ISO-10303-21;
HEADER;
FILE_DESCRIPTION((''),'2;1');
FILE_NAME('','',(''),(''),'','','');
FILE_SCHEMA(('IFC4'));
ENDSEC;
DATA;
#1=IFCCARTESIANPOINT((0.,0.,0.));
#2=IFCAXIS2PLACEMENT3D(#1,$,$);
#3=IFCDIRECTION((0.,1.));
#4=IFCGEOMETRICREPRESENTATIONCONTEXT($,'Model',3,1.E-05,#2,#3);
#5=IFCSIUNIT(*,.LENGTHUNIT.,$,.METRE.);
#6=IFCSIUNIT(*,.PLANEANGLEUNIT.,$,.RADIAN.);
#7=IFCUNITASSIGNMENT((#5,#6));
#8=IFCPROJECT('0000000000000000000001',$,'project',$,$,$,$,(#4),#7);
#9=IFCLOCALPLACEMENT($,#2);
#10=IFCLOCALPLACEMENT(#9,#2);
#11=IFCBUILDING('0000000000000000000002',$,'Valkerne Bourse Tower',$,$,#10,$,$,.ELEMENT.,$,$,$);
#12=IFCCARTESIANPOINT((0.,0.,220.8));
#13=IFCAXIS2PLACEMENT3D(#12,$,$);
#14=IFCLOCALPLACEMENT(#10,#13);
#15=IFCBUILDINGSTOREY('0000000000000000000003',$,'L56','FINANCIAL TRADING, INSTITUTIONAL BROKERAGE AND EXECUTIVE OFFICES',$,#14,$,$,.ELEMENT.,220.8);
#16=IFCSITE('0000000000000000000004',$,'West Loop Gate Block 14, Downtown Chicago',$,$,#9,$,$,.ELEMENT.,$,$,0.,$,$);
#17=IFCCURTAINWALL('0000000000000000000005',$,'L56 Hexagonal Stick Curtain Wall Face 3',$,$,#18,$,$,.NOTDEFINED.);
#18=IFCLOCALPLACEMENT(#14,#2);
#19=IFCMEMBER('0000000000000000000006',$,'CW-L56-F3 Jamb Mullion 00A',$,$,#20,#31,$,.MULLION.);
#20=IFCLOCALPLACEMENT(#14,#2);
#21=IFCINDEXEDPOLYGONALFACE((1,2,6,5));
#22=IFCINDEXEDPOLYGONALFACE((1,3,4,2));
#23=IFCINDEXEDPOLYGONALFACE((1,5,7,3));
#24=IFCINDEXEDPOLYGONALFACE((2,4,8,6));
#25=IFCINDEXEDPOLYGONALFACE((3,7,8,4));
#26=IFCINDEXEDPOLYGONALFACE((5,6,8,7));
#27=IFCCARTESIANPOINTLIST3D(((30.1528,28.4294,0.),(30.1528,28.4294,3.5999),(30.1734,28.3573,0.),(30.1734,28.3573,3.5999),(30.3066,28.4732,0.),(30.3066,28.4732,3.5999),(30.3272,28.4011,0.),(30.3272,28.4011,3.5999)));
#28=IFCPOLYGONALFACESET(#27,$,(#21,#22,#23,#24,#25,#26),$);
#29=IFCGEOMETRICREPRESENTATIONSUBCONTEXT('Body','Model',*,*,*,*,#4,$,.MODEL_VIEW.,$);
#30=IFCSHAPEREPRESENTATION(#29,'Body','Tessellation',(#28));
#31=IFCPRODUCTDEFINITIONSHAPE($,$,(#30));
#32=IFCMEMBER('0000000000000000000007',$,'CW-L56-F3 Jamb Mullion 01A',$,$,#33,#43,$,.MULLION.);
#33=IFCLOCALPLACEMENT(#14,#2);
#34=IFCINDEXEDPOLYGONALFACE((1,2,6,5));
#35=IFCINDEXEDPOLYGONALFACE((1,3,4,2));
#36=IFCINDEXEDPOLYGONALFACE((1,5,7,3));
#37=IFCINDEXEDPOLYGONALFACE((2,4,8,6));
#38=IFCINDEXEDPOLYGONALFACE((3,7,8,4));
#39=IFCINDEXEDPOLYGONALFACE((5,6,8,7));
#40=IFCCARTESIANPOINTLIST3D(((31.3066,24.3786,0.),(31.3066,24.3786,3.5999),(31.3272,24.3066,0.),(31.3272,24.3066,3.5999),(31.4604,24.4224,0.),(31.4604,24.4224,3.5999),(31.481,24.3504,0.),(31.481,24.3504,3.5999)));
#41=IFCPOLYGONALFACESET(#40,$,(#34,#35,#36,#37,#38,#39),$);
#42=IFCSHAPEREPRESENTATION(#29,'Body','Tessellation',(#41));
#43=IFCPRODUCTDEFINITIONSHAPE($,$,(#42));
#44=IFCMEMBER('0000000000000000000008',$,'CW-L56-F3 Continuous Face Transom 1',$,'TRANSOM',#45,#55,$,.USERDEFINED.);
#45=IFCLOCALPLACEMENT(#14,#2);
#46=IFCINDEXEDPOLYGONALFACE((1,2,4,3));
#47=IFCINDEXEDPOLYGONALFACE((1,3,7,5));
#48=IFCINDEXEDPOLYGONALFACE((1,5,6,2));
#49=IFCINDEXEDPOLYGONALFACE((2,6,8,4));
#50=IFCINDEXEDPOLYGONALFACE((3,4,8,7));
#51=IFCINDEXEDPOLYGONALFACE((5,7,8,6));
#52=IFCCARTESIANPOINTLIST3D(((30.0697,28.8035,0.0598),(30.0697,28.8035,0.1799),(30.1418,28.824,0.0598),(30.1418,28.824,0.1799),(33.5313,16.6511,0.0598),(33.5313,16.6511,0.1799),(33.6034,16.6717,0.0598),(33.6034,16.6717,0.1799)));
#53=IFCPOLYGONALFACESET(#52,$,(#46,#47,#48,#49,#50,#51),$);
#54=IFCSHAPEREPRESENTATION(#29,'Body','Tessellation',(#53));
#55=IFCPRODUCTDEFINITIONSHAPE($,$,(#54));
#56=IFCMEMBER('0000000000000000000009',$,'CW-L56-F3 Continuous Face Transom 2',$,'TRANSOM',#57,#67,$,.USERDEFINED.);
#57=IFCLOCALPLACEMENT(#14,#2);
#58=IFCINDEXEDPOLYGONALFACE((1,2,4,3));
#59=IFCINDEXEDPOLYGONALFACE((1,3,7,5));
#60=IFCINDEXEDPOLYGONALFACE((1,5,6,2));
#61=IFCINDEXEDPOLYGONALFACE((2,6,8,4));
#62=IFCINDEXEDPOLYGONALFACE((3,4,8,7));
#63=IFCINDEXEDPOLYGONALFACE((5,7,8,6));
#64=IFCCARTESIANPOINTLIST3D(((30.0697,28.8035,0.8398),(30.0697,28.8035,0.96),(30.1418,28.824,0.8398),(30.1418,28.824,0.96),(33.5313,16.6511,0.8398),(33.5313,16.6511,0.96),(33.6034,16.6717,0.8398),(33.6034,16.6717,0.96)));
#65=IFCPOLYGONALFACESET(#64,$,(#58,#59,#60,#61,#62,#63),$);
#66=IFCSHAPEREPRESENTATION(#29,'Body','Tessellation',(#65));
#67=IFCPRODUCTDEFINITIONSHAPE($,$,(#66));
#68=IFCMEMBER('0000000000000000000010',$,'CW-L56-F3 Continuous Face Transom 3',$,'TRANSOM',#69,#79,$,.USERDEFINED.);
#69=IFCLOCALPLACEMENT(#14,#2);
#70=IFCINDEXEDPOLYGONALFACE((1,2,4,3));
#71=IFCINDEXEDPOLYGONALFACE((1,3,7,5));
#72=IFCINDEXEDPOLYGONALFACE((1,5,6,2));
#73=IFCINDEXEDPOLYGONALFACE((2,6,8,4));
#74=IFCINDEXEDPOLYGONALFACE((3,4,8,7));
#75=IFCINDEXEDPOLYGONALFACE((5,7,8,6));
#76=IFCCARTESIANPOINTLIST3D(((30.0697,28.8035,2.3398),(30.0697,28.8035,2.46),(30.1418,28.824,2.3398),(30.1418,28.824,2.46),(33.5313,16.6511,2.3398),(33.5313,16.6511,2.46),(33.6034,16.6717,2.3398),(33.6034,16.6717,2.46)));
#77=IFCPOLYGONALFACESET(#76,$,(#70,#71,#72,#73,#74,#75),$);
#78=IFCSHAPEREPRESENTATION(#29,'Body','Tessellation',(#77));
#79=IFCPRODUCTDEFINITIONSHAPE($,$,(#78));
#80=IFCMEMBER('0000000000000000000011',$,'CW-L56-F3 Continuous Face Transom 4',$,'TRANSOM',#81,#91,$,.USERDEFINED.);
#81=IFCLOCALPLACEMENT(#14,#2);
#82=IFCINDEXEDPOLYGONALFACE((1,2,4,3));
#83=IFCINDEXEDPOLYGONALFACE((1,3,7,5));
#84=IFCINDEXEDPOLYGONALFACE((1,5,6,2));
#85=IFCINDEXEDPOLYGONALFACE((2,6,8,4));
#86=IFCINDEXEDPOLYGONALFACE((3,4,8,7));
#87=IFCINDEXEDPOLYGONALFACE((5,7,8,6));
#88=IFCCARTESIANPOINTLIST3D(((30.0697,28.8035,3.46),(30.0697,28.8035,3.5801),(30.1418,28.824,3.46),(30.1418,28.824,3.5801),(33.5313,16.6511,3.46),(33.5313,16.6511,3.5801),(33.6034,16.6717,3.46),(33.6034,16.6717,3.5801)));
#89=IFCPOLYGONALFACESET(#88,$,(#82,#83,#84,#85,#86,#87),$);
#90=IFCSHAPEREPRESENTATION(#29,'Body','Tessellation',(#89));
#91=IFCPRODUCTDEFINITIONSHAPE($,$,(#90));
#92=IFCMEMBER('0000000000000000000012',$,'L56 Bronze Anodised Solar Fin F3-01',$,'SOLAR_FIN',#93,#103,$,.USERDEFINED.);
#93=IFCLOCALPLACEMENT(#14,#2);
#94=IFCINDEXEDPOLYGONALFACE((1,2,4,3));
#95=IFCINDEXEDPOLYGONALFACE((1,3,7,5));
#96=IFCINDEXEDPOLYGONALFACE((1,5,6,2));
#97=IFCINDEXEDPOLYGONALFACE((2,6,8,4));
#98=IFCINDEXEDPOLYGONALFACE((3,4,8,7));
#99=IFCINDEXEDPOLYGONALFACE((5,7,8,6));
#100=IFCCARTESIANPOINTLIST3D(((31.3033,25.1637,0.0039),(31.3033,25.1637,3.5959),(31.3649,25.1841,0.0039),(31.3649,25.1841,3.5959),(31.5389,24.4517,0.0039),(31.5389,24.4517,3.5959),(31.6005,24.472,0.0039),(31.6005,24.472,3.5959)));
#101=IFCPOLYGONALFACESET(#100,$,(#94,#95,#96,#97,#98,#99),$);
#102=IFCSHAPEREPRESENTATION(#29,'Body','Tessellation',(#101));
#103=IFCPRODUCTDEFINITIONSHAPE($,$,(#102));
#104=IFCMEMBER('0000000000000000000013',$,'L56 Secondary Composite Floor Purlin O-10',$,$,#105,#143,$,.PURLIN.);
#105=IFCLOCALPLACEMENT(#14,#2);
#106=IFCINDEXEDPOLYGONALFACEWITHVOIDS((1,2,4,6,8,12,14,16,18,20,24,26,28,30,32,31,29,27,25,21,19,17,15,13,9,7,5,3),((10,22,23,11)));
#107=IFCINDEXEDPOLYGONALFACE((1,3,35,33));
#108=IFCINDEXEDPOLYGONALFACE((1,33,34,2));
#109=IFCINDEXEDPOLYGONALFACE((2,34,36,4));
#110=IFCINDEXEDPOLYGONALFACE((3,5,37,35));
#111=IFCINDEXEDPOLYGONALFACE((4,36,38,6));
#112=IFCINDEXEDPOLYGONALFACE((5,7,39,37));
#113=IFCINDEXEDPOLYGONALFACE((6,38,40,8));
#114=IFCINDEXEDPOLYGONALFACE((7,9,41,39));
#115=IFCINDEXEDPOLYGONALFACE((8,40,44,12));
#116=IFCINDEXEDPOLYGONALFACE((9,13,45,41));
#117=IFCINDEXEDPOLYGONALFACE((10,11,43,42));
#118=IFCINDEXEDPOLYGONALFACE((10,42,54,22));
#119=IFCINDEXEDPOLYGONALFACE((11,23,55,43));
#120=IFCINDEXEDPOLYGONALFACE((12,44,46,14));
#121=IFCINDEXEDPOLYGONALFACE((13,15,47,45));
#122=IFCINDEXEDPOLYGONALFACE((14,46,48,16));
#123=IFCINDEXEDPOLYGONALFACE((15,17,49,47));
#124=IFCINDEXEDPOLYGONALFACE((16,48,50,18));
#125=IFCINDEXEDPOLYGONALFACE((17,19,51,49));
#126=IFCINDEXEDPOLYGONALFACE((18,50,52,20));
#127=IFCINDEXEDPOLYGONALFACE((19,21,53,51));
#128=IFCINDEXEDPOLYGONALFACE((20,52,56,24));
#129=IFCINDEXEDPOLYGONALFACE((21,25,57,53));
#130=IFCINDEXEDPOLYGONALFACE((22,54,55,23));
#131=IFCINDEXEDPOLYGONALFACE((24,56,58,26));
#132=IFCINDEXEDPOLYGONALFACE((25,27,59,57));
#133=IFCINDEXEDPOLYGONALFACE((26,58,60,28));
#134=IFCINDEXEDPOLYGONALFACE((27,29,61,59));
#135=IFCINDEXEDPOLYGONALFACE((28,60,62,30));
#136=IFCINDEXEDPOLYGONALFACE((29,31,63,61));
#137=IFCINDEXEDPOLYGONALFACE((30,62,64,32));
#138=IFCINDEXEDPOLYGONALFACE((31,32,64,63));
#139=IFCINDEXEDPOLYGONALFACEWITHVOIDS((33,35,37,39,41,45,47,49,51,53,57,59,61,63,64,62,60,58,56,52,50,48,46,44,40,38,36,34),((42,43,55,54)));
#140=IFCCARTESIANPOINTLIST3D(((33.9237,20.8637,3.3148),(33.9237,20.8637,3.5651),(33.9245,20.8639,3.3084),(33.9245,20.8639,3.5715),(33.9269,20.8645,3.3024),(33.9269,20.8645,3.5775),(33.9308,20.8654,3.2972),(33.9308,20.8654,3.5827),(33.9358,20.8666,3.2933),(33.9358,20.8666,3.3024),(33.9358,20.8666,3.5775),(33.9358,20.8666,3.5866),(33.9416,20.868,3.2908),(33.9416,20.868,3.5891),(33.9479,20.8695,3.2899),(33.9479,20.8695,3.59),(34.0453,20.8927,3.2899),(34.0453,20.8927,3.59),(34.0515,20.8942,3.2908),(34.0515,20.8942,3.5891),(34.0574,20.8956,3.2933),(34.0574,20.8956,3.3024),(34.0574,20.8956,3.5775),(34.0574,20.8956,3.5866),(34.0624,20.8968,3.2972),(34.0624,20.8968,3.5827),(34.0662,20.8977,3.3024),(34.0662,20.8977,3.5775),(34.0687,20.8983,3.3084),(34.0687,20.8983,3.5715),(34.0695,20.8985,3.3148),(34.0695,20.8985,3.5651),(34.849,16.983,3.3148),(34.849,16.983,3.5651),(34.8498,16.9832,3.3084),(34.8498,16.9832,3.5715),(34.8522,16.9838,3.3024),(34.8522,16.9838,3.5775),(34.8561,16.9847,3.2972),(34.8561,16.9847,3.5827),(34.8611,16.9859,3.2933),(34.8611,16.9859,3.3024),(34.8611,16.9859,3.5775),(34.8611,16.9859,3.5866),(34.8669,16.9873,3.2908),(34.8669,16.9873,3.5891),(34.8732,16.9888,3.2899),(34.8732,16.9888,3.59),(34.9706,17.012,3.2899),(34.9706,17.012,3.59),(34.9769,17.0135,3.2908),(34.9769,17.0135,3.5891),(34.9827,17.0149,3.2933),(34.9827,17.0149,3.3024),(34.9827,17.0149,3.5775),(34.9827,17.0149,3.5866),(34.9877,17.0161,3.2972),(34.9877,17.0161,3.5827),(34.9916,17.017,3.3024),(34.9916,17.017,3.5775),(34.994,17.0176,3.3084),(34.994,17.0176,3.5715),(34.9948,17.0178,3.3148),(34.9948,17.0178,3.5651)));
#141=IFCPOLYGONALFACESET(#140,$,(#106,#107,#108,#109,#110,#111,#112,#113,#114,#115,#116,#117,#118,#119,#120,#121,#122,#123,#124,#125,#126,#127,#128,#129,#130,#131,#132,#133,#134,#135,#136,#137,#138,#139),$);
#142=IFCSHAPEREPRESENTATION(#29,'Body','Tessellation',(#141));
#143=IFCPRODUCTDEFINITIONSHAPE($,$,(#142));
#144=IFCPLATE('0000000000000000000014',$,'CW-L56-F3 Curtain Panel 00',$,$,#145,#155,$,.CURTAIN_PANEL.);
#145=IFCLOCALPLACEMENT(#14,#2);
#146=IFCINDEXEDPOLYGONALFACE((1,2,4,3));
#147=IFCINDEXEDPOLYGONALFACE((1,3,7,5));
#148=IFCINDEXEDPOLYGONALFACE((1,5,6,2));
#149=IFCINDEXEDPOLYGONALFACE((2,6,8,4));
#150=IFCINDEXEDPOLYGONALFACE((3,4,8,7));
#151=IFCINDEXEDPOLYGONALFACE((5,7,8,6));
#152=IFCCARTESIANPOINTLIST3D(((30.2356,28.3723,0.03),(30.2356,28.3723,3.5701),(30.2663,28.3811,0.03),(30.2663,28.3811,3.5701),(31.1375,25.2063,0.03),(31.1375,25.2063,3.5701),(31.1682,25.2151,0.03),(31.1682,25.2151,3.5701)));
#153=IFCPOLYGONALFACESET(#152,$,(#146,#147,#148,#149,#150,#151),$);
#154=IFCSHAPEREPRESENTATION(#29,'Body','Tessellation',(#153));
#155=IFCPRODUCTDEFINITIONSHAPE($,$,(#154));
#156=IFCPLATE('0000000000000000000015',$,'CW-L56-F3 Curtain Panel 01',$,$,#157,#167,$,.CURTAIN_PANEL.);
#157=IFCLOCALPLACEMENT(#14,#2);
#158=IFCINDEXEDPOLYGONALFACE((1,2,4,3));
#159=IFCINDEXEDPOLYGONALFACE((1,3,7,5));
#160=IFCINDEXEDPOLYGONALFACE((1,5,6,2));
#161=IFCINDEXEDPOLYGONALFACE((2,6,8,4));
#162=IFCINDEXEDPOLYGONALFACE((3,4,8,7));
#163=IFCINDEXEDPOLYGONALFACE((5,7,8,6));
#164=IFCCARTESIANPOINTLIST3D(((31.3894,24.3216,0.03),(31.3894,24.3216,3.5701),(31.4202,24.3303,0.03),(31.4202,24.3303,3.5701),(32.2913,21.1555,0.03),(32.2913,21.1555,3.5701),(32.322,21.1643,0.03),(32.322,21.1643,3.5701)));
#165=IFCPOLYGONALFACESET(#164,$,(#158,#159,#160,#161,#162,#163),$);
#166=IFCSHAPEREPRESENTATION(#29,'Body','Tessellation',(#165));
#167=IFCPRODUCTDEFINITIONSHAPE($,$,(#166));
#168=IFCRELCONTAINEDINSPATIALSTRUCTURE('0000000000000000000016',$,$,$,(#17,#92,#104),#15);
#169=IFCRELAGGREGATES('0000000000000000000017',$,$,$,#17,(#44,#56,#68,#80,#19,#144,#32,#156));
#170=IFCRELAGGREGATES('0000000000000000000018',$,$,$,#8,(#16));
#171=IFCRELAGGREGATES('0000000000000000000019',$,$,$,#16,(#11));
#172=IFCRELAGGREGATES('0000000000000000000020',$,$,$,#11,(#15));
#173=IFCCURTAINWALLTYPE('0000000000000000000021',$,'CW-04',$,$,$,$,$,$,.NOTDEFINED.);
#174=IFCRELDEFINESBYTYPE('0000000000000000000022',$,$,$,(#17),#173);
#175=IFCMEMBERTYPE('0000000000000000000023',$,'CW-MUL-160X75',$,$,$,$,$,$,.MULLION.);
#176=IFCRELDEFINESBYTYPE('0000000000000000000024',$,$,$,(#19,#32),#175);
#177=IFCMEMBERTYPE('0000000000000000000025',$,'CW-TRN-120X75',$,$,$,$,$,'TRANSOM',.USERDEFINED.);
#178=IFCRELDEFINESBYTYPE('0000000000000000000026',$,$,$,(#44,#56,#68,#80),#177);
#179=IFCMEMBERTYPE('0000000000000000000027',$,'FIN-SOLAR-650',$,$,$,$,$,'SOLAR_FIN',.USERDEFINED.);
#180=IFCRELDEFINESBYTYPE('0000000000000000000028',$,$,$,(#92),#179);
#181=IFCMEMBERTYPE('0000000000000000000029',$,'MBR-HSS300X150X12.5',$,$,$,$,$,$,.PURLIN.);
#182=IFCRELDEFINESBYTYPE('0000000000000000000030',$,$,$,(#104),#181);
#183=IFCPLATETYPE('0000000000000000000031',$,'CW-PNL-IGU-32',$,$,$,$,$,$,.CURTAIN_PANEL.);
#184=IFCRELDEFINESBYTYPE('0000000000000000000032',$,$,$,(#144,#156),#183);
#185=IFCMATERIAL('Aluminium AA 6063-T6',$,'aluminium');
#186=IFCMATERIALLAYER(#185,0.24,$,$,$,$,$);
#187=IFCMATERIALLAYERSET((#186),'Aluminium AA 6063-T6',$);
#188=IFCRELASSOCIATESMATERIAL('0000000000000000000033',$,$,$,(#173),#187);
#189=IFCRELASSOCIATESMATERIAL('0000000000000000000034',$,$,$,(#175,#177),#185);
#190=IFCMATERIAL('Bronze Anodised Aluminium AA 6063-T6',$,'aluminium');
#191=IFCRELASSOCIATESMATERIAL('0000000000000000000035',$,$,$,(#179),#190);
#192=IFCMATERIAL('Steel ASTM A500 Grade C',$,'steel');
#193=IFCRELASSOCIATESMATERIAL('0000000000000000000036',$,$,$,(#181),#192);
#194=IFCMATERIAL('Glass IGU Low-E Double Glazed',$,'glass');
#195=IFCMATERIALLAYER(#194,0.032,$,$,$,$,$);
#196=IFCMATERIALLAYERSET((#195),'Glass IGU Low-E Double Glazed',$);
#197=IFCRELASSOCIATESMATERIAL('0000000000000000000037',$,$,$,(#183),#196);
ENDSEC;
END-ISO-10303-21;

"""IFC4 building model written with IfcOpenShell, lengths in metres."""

from ifc_helpers import new_model, si_unit, direction, frame, origin, origin_2d, place, context, subcontext, project, spatial, rectangle, hollow_rectangle, extrude, material, layer, layer_set, material_profile, profile_set, type_object, element, aggregate, save


model = new_model("IFC4")

# Units and contexts
model_context = context("Model", 3, precision=1e-05, world=origin(), true_north=direction((0.0, 1.0)))
body_context = subcontext(model_context, "Body", "Model", "MODEL_VIEW")
ifc_project = project(units=[si_unit("LENGTHUNIT", "METRE"), si_unit("PLANEANGLEUNIT", "RADIAN")], contexts=[model_context])

# Site, building, storey
site_placement = place(None, origin())
site = spatial("IfcSite", under=ifc_project, at=site_placement, Name="West Loop Gate Block 14, Downtown Chicago", CompositionType="ELEMENT", RefElevation=0.0)
building_placement = place(site_placement, origin())
building = spatial("IfcBuilding", under=site, at=building_placement, Name="Valkerne Bourse Tower", CompositionType="ELEMENT")
storey_placement = place(building_placement, frame((0.0, 0.0, 220.8)))
storey = spatial("IfcBuildingStorey", under=building, at=storey_placement, Name="L56", Description="FINANCIAL TRADING, INSTITUTIONAL BROKERAGE AND EXECUTIVE OFFICES", CompositionType="ELEMENT", Elevation=220.8)

# Curtain wall, members
ifc_material_1 = material(Name="Aluminium AA 6063-T6", Category="aluminium")
ifc_layer_1 = layer(ifc_material_1, 0.24)
ifc_layer_set_1 = layer_set([ifc_layer_1], Name="Aluminium AA 6063-T6")
curtain_wall_type = type_object("IfcCurtainWallType", Name="CW-04", PredefinedType="NOTDEFINED", material=ifc_layer_set_1)
curtain_wall_placement = place(storey_placement, origin())
curtain_wall = element("IfcCurtainWall", 1, at=curtain_wall_placement, inside=storey, type_object=curtain_wall_type, Name="L56 Hexagonal Stick Curtain Wall Face 3", PredefinedType="NOTDEFINED")
ifc_material_profile_1 = material_profile(ifc_material_1, rectangle(XDim=0.075, YDim=0.1599, at=origin_2d()), Name="CWM-75X160")
ifc_profile_set_1 = profile_set([ifc_material_profile_1], Name="Aluminium AA 6063-T6")
member_type_1 = type_object("IfcMemberType", Name="CW-MUL-160X75", PredefinedType="MULLION", material=ifc_profile_set_1)
member_1_placement = place(storey_placement, frame((30.24, 28.4153, 0.0), z_axis=(0.0, 0.0, 1.0), x_axis=(0.273959, -0.961741, 0.0)))
member_1 = element("IfcMember", 2, at=member_1_placement, type_object=member_type_1, Name="CW-L56-F3 Jamb Mullion 00A", PredefinedType="MULLION", context=body_context, shape_type="SweptSolid", body=[
    extrude(rectangle(XDim=0.075, YDim=0.1599, at=origin_2d()), origin(), (0.0, 0.0, 1.0), 3.5999),
])
member_2_placement = place(storey_placement, frame((31.3938, 24.3645, 0.0), z_axis=(0.0, 0.0, 1.0), x_axis=(0.273953, -0.961743, 0.0)))
member_2 = element("IfcMember", 3, at=member_2_placement, type_object=member_type_1, Name="CW-L56-F3 Jamb Mullion 01A", PredefinedType="MULLION", context=body_context, shape_type="SweptSolid", body=[
    extrude(rectangle(XDim=0.075, YDim=0.1599, at=origin_2d()), origin(), (0.0, 0.0, 1.0), 3.5999),
])
ifc_material_profile_2 = material_profile(ifc_material_1, rectangle(XDim=0.075, YDim=0.1201, at=origin_2d()), Name="CWT-75X120")
ifc_profile_set_2 = profile_set([ifc_material_profile_2], Name="Aluminium AA 6063-T6")
member_type_2 = type_object("IfcMemberType", Name="CW-TRN-120X75", ElementType="TRANSOM", PredefinedType="USERDEFINED", material=ifc_profile_set_2)
member_3_placement = place(storey_placement, frame((30.1057, 28.8137, 0.1199), z_axis=(0.273958, -0.961742, 0.0), x_axis=(0.961742, 0.273958, 0.0)))
member_3 = element("IfcMember", 4, at=member_3_placement, type_object=member_type_2, Name="CW-L56-F3 Continuous Face Transom 1", ObjectType="TRANSOM", PredefinedType="USERDEFINED", context=body_context, shape_type="SweptSolid", body=[
    extrude(rectangle(XDim=0.075, YDim=0.1201, at=origin_2d()), origin(), (0.0, 0.0, 1.0), 12.6357),
])
member_4_placement = place(storey_placement, frame((30.1057, 28.8137, 0.8999), z_axis=(0.273958, -0.961742, 0.0), x_axis=(0.961742, 0.273958, 0.0)))
member_4 = element("IfcMember", 5, at=member_4_placement, type_object=member_type_2, Name="CW-L56-F3 Continuous Face Transom 2", ObjectType="TRANSOM", PredefinedType="USERDEFINED", context=body_context, shape_type="SweptSolid", body=[
    extrude(rectangle(XDim=0.075, YDim=0.1201, at=origin_2d()), origin(), (0.0, 0.0, 1.0), 12.6357),
])
member_5_placement = place(storey_placement, frame((30.1057, 28.8137, 2.3999), z_axis=(0.273958, -0.961742, 0.0), x_axis=(0.961742, 0.273958, 0.0)))
member_5 = element("IfcMember", 6, at=member_5_placement, type_object=member_type_2, Name="CW-L56-F3 Continuous Face Transom 3", ObjectType="TRANSOM", PredefinedType="USERDEFINED", context=body_context, shape_type="SweptSolid", body=[
    extrude(rectangle(XDim=0.075, YDim=0.1201, at=origin_2d()), origin(), (0.0, 0.0, 1.0), 12.6357),
])
member_6_placement = place(storey_placement, frame((30.1057, 28.8137, 3.52), z_axis=(0.273958, -0.961742, 0.0), x_axis=(0.961742, 0.273958, 0.0)))
member_6 = element("IfcMember", 7, at=member_6_placement, type_object=member_type_2, Name="CW-L56-F3 Continuous Face Transom 4", ObjectType="TRANSOM", PredefinedType="USERDEFINED", context=body_context, shape_type="SweptSolid", body=[
    extrude(rectangle(XDim=0.075, YDim=0.1201, at=origin_2d()), origin(), (0.0, 0.0, 1.0), 12.6357),
])

# Members
ifc_material_2 = material(Name="Bronze Anodised Aluminium AA 6063-T6", Category="aluminium")
ifc_material_profile_3 = material_profile(ifc_material_2, rectangle(XDim=0.0649, YDim=0.75, at=origin_2d()), Name="FIN-65X750")
ifc_profile_set_3 = profile_set([ifc_material_profile_3], Name="Bronze Anodised Aluminium AA 6063-T6")
member_type_3 = type_object("IfcMemberType", Name="FIN-SOLAR-650", ElementType="SOLAR_FIN", PredefinedType="USERDEFINED", material=ifc_profile_set_3)
member_7_placement = place(storey_placement, frame((31.4519, 24.8179, 0.0039), z_axis=(0.0, 0.0, 1.0), x_axis=(-0.94939, -0.314101, 0.0)))
element("IfcMember", 8, at=member_7_placement, inside=storey, type_object=member_type_3, Name="L56 Bronze Anodised Solar Fin F3-01", ObjectType="SOLAR_FIN", PredefinedType="USERDEFINED", context=body_context, shape_type="SweptSolid", body=[
    extrude(rectangle(XDim=0.0649, YDim=0.75, at=origin_2d()), origin(), (0.0, 0.0, 1.0), 3.592),
])
ifc_material_3 = material(Name="Steel ASTM A500 Grade C", Category="steel")
ifc_material_profile_4 = material_profile(ifc_material_3, hollow_rectangle(XDim=0.1499, YDim=0.3, WallThickness=0.0125, OuterFilletRadius=0.0249, at=origin_2d()), Name="HSS300X150X12.5")
ifc_profile_set_4 = profile_set([ifc_material_profile_4], Name="Steel ASTM A500 Grade C")
member_type_4 = type_object("IfcMemberType", Name="MBR-HSS300X150X12.5", PredefinedType="PURLIN", material=ifc_profile_set_4)
member_8_placement = place(storey_placement, frame((33.9966, 20.8811, 3.4399), z_axis=(0.231938, -0.972731, 0.0), x_axis=(0.972731, 0.231938, 0.0)))
element("IfcMember", 9, at=member_8_placement, inside=storey, type_object=member_type_4, Name="L56 Secondary Composite Floor Purlin O-10", PredefinedType="PURLIN", context=body_context, shape_type="SweptSolid", body=[
    extrude(hollow_rectangle(XDim=0.1499, YDim=0.3, WallThickness=0.0125, OuterFilletRadius=0.0249, at=origin_2d()), origin(), (0.0, 0.0, 1.0), 3.9895),
])

# Plates
ifc_material_4 = material(Name="Glass IGU Low-E Double Glazed", Category="glass")
ifc_layer_2 = layer(ifc_material_4, 0.032)
ifc_layer_set_2 = layer_set([ifc_layer_2], Name="Glass IGU Low-E Double Glazed")
plate_type = type_object("IfcPlateType", Name="CW-PNL-IGU-32", PredefinedType="CURTAIN_PANEL", material=ifc_layer_set_2)
plate_1_placement = place(storey_placement, frame((30.7019, 26.7937, 0.03), z_axis=(0.0, 0.0, 1.0), x_axis=(0.273959, -0.961741, 0.0)))
plate_1 = element("IfcPlate", 10, at=plate_1_placement, type_object=plate_type, Name="CW-L56-F3 Curtain Panel 00", PredefinedType="CURTAIN_PANEL", context=body_context, shape_type="SweptSolid", body=[
    extrude(rectangle(XDim=3.292, YDim=0.032, at=origin_2d()), origin(), (0.0, 0.0, 1.0), 3.54),
])
plate_2_placement = place(storey_placement, frame((31.8557, 22.7429, 0.03), z_axis=(0.0, 0.0, 1.0), x_axis=(0.273953, -0.961743, 0.0)))
plate_2 = element("IfcPlate", 11, at=plate_2_placement, type_object=plate_type, Name="CW-L56-F3 Curtain Panel 01", PredefinedType="CURTAIN_PANEL", context=body_context, shape_type="SweptSolid", body=[
    extrude(rectangle(XDim=3.292, YDim=0.032, at=origin_2d()), origin(), (0.0, 0.0, 1.0), 3.54),
])
aggregate(curtain_wall, [member_3, member_4, member_5, member_6, member_1, plate_1, member_2, plate_2])

save(model, "model.ifc")
